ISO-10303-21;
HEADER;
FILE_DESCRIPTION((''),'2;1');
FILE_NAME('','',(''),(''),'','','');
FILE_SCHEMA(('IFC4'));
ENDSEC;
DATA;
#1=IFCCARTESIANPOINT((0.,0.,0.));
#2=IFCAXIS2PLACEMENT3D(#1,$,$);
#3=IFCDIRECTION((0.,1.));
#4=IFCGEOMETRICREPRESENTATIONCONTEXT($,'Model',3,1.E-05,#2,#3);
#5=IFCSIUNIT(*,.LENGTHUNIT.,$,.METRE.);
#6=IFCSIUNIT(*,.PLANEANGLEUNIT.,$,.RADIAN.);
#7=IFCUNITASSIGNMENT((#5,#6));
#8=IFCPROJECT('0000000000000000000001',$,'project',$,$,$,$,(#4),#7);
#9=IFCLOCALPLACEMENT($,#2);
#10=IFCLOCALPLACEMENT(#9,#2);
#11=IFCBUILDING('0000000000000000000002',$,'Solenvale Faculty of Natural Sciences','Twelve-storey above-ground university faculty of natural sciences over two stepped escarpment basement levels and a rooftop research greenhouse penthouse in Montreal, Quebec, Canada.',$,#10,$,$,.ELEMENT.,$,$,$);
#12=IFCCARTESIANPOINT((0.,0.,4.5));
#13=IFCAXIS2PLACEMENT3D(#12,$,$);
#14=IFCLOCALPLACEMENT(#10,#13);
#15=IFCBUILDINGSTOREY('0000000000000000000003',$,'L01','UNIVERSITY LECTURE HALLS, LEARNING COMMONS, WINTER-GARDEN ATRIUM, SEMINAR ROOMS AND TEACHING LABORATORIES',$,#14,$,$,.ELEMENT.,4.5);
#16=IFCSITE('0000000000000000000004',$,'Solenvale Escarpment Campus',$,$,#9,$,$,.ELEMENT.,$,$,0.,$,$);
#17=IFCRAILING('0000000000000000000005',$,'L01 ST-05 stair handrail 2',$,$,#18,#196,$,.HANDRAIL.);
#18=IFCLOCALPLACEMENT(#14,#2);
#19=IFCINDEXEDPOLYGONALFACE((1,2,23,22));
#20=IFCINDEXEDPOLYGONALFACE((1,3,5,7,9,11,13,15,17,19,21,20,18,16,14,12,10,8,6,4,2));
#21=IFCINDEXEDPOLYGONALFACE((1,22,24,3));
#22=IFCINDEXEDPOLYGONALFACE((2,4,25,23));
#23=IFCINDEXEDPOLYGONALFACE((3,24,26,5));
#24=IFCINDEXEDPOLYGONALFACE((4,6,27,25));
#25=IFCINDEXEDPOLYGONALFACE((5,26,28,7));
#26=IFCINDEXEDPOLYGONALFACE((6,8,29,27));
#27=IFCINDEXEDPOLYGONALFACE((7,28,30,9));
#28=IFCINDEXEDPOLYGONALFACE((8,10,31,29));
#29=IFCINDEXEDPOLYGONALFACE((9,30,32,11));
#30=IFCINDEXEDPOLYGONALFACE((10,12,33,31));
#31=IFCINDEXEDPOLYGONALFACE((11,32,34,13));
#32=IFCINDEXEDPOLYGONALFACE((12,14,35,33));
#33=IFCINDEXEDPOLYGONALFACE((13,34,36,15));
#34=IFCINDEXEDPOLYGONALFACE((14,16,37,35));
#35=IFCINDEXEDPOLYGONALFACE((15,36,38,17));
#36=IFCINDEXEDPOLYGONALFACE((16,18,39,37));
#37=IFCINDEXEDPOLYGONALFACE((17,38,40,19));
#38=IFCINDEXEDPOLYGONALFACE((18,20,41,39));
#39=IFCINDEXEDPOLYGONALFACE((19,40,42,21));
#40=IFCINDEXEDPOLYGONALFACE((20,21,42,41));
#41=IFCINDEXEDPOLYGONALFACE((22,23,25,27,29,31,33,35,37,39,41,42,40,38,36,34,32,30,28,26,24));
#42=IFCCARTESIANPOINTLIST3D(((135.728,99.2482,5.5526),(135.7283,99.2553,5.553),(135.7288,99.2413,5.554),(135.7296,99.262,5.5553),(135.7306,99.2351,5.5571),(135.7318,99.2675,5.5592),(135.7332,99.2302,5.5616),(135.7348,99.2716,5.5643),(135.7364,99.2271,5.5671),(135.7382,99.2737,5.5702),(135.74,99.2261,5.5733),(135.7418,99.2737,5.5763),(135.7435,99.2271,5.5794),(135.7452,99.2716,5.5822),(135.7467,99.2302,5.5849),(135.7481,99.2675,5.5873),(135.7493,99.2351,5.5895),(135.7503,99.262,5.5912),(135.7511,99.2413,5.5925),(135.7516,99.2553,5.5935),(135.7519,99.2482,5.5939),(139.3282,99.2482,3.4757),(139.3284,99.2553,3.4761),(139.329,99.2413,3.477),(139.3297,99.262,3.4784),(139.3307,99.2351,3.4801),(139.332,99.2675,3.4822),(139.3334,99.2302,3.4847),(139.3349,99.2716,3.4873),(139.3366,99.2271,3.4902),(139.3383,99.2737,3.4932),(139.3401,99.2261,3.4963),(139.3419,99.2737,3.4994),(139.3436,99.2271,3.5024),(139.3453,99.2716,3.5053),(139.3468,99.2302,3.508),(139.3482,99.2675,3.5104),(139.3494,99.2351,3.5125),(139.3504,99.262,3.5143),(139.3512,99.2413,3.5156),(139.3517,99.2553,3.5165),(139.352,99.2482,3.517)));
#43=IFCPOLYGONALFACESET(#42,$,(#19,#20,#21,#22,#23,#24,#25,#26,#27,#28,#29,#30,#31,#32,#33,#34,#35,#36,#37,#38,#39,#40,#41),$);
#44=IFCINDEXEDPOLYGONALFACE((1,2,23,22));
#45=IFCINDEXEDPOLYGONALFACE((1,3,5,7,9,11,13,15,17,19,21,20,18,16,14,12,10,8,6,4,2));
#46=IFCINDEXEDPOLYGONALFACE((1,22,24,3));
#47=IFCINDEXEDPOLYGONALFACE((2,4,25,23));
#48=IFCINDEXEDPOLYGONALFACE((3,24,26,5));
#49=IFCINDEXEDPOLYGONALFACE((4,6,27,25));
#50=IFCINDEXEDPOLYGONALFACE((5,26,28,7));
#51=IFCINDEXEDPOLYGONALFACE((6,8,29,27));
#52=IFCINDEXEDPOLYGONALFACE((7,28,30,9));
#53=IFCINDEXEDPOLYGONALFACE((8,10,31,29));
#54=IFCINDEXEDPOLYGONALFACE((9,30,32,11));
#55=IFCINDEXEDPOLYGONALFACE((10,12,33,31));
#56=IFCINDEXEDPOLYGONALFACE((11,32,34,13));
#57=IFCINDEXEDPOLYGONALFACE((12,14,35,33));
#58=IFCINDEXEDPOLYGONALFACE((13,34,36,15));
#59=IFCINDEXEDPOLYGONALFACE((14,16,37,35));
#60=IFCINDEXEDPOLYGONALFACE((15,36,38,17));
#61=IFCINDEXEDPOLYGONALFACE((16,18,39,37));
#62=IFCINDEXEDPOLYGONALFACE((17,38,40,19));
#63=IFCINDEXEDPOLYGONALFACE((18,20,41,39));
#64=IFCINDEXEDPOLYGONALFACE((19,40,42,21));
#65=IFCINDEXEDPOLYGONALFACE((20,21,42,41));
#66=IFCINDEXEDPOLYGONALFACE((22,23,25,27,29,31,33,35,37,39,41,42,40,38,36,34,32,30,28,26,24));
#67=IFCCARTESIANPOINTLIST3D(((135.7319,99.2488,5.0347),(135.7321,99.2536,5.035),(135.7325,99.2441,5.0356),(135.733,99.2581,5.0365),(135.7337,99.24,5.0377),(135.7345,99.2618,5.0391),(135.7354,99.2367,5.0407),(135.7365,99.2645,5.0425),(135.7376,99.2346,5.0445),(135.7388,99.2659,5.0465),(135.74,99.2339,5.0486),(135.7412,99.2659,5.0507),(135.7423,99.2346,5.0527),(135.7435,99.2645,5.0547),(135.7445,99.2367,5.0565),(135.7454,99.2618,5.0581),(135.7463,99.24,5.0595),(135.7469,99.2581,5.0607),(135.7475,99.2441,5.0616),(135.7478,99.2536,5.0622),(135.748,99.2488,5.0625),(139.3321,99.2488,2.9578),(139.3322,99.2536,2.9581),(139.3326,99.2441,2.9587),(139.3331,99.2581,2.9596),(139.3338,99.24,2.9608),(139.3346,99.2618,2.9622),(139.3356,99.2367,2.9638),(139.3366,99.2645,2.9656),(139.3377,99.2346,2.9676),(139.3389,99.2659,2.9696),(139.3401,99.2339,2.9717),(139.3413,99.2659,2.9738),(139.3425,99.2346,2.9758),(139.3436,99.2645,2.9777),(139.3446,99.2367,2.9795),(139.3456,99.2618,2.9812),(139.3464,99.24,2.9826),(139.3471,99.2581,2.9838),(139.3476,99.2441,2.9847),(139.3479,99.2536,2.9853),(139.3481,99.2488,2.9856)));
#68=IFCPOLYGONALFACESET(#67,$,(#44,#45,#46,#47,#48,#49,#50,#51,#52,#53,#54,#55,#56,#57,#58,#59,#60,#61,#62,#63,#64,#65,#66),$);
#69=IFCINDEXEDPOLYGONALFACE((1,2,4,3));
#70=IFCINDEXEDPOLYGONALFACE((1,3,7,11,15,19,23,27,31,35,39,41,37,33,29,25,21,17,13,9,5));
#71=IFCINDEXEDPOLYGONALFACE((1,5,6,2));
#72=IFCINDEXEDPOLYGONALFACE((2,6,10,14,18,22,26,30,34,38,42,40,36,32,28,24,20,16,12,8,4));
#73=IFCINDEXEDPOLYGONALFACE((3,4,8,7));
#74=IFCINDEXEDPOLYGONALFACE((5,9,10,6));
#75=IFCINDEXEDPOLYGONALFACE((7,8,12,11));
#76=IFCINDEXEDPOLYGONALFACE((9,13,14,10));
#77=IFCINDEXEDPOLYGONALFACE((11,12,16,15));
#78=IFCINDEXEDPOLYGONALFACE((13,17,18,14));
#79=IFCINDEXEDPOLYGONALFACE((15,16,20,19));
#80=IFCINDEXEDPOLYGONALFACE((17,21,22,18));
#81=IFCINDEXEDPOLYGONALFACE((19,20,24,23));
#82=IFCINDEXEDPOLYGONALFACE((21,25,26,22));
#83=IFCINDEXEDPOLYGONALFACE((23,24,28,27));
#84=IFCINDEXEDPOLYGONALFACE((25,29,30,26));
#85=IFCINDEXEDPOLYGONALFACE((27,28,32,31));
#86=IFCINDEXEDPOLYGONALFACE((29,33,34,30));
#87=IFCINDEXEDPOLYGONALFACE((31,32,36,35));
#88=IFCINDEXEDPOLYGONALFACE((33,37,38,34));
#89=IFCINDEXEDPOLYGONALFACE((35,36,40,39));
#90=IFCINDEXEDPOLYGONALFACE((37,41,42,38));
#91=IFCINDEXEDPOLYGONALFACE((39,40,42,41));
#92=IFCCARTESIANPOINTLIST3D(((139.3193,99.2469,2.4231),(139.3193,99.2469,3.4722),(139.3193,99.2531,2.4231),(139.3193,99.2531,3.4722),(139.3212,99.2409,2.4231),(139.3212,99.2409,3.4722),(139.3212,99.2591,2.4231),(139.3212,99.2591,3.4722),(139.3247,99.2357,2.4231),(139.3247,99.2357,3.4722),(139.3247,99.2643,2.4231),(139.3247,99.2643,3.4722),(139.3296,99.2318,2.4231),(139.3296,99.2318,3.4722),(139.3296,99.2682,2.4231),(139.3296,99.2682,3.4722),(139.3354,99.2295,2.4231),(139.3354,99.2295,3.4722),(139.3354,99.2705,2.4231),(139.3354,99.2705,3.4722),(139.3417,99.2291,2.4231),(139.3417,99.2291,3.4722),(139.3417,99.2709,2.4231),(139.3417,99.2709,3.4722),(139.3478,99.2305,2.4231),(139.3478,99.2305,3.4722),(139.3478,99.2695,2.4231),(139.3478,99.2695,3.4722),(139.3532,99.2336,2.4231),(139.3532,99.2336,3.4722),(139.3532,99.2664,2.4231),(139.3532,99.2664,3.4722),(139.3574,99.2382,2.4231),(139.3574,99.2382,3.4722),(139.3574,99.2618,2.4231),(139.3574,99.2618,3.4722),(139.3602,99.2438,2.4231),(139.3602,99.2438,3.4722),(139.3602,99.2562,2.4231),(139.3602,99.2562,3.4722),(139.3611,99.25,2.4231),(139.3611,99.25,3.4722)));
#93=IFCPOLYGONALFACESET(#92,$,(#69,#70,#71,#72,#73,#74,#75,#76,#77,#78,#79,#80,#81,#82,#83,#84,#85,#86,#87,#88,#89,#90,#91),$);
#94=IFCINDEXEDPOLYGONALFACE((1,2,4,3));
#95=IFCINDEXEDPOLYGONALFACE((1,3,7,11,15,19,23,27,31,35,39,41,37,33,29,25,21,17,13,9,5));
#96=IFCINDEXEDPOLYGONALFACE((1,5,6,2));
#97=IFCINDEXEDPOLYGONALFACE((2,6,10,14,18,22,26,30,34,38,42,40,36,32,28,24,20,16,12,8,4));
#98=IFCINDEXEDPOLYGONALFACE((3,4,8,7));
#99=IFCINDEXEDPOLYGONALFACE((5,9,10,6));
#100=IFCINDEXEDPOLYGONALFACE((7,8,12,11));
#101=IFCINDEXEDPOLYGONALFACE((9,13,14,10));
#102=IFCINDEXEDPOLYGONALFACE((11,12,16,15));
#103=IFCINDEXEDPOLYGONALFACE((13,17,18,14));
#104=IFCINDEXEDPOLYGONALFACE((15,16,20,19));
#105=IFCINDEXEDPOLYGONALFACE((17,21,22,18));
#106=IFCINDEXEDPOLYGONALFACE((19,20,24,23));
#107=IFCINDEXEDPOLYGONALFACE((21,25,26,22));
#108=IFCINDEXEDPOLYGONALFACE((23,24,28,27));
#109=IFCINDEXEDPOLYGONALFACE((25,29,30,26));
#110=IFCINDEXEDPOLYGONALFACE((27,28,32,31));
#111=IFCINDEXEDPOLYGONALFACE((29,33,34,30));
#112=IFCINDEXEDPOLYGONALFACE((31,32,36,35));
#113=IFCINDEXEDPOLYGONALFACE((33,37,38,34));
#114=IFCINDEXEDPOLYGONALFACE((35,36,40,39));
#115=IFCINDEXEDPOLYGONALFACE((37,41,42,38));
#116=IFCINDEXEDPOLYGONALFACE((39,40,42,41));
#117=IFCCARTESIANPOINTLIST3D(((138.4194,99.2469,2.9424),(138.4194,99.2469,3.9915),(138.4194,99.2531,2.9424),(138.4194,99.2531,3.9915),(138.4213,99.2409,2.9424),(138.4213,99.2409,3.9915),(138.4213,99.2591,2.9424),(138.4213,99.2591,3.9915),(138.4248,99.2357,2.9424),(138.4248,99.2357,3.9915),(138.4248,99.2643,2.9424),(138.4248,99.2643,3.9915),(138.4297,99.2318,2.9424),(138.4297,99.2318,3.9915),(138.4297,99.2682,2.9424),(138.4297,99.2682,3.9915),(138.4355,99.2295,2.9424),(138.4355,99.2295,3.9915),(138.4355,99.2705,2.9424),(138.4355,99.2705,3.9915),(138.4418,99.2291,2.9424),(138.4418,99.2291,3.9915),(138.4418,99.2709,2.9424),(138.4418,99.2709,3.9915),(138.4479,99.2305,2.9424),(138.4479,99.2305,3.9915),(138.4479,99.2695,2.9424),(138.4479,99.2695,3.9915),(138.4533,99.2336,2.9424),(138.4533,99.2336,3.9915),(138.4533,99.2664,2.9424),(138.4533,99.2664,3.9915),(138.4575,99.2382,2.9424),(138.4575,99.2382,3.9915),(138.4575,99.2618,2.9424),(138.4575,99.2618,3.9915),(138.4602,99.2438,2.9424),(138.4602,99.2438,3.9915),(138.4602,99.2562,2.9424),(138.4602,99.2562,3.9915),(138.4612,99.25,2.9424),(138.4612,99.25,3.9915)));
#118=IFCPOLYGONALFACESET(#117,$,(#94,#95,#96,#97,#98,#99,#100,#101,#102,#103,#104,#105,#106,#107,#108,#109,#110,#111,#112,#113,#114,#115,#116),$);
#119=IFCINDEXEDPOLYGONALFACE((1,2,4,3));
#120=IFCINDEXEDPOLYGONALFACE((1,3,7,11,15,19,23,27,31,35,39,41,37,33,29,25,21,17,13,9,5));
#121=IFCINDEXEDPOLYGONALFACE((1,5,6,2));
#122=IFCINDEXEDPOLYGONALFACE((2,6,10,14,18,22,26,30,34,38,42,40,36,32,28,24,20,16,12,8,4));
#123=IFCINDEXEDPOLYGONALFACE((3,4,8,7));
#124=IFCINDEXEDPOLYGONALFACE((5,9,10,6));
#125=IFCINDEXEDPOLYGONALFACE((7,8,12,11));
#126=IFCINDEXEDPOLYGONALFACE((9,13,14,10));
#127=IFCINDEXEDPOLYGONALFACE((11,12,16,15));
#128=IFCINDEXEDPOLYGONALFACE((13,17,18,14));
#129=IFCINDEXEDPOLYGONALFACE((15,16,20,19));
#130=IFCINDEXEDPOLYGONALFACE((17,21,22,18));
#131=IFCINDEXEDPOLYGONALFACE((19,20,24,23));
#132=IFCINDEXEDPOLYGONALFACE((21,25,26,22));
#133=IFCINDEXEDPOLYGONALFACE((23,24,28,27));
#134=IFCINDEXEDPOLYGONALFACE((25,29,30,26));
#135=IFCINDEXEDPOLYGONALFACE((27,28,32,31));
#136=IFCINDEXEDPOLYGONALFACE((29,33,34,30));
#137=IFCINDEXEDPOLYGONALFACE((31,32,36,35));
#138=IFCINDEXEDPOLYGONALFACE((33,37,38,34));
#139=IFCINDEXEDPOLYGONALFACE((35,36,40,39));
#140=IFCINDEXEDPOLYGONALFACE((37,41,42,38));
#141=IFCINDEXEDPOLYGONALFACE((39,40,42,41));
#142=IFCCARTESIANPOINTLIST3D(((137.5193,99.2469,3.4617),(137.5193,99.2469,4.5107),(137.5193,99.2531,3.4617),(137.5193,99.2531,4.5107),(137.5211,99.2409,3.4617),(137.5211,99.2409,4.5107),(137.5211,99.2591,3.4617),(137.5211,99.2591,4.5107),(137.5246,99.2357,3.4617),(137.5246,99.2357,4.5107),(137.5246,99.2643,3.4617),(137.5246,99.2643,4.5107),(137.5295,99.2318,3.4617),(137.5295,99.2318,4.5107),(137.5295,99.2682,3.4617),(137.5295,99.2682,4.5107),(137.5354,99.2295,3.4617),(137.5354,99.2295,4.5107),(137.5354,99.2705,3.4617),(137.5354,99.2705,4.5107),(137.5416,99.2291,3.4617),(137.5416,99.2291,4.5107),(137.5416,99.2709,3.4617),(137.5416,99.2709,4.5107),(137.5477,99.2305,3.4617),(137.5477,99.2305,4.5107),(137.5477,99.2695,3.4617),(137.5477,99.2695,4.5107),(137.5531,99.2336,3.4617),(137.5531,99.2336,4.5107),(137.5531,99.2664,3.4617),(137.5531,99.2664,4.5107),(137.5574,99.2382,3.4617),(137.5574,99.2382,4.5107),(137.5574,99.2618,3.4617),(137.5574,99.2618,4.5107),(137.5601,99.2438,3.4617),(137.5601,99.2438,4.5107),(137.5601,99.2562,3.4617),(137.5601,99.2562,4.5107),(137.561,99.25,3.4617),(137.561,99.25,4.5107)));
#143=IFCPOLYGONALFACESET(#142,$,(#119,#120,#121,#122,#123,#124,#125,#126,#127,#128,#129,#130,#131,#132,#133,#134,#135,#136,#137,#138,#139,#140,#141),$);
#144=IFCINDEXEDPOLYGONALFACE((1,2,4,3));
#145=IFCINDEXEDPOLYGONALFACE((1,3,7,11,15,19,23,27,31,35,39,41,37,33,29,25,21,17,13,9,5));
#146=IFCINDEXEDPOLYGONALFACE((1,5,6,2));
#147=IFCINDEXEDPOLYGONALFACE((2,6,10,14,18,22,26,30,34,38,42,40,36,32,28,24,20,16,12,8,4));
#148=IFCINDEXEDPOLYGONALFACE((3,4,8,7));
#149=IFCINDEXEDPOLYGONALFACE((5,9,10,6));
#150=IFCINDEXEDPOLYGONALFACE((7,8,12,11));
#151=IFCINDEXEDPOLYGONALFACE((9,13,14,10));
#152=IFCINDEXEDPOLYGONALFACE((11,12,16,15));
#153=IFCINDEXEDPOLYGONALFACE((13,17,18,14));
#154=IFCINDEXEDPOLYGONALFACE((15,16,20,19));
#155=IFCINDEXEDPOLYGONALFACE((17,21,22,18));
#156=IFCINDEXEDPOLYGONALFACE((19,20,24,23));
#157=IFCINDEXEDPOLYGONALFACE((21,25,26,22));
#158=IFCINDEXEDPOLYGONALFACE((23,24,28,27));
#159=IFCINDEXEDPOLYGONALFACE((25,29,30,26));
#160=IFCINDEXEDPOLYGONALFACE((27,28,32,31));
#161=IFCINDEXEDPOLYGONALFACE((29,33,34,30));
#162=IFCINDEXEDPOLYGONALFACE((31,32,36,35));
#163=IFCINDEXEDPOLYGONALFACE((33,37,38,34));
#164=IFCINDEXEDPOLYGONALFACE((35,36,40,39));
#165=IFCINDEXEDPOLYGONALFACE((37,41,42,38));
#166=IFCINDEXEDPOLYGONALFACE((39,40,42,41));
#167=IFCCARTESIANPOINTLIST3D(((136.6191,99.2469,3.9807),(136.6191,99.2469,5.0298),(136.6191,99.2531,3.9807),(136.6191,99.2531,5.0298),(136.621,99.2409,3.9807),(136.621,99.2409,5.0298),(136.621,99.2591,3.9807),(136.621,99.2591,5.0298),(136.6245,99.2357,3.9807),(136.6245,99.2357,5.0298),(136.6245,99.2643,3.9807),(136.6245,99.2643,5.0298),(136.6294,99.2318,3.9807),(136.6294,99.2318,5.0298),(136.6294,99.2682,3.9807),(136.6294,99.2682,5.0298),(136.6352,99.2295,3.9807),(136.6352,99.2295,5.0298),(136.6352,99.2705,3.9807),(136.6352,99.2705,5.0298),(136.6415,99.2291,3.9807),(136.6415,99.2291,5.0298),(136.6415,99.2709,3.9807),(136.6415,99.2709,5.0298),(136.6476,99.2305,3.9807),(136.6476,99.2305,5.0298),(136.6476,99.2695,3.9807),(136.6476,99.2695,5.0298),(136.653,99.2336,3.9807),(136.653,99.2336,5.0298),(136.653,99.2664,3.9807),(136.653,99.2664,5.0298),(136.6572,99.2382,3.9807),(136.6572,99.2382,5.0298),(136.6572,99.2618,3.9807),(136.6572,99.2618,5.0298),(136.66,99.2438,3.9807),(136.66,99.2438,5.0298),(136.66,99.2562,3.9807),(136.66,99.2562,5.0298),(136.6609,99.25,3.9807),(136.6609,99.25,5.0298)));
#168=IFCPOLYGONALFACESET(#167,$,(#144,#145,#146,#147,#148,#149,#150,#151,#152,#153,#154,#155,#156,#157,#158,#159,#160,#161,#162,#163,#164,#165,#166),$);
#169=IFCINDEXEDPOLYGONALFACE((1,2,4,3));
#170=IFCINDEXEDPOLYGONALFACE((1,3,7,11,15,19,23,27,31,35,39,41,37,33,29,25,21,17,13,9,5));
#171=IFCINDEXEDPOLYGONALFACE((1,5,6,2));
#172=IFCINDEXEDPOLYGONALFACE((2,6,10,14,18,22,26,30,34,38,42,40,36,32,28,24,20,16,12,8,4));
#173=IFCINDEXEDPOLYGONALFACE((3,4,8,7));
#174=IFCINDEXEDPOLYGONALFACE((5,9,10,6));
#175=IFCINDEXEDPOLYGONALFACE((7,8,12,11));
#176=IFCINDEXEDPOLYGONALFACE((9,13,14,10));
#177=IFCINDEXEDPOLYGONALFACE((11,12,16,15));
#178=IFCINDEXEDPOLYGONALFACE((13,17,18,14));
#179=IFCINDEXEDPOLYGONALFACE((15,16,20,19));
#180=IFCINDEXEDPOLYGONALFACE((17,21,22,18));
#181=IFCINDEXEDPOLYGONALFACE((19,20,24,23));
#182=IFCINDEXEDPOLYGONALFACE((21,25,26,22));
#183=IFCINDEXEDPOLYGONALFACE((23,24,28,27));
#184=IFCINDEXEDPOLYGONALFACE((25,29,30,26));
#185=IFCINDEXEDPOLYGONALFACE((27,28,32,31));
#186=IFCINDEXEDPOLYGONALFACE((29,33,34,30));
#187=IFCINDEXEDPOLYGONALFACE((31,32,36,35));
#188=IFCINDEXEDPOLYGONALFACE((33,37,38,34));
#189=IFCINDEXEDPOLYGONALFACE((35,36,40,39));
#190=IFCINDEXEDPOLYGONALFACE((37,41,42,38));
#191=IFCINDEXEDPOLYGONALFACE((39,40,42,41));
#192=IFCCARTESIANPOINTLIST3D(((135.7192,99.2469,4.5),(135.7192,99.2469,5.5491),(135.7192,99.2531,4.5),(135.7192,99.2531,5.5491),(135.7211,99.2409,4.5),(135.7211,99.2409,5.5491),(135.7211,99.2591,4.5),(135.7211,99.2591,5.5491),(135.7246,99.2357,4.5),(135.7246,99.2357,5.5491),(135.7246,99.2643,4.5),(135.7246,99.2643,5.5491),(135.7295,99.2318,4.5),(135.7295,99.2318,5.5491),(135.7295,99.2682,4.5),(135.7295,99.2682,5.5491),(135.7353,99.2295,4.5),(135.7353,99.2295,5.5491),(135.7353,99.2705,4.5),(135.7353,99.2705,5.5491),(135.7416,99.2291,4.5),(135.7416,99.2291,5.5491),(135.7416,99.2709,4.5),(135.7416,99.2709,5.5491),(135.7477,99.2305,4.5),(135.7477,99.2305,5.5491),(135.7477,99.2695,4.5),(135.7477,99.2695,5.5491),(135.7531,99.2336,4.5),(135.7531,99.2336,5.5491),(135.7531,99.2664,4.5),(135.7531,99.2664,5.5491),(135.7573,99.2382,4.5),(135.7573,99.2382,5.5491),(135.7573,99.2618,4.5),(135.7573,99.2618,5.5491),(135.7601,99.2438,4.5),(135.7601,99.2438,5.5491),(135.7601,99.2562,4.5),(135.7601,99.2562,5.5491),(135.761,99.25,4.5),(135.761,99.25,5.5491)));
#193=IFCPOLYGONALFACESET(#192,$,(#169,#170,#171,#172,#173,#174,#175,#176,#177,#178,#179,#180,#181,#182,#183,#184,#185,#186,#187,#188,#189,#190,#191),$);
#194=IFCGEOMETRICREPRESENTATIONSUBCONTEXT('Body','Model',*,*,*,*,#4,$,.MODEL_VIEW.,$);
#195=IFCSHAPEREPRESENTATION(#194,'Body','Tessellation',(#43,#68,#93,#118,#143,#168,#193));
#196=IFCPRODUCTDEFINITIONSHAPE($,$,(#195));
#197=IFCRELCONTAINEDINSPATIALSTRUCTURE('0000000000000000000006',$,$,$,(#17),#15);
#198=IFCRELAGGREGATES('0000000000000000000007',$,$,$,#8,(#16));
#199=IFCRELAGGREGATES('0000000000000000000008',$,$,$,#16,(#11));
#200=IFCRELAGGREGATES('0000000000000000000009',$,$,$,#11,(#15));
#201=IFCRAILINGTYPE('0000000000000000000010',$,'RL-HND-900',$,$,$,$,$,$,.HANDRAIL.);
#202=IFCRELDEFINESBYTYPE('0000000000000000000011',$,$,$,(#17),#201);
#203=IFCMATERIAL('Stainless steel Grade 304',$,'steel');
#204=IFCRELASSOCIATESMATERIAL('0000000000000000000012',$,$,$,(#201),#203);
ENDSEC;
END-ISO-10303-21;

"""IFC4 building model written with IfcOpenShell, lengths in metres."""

from ifc_helpers import new_model, si_unit, direction, frame, origin, origin_2d, place, context, subcontext, project, spatial, circle, extrude, material, type_object, element, save


model = new_model("IFC4")

# Units and contexts
model_context = context("Model", 3, precision=1e-05, world=origin(), true_north=direction((0.0, 1.0)))
body_context = subcontext(model_context, "Body", "Model", "MODEL_VIEW")
ifc_project = project(units=[si_unit("LENGTHUNIT", "METRE"), si_unit("PLANEANGLEUNIT", "RADIAN")], contexts=[model_context])

# Site, building, storey
site_placement = place(None, origin())
site = spatial("IfcSite", under=ifc_project, at=site_placement, Name="Solenvale Escarpment Campus", CompositionType="ELEMENT", RefElevation=0.0)
building_placement = place(site_placement, origin())
building = spatial("IfcBuilding", under=site, at=building_placement, Name="Solenvale Faculty of Natural Sciences", Description="Twelve-storey above-ground university faculty of natural sciences over two stepped escarpment basement levels and a rooftop research greenhouse penthouse in Montreal, Quebec, Canada.", CompositionType="ELEMENT")
storey_placement = place(building_placement, frame((0.0, 0.0, 4.5)))
storey = spatial("IfcBuildingStorey", under=building, at=storey_placement, Name="L01", Description="UNIVERSITY LECTURE HALLS, LEARNING COMMONS, WINTER-GARDEN ATRIUM, SEMINAR ROOMS AND TEACHING LABORATORIES", CompositionType="ELEMENT", Elevation=4.5)

# Shared definitions
ifc_material_1 = material(Name="Stainless steel Grade 304", Category="steel")

# Railing
railing_type_1 = type_object("IfcRailingType", Name="RL-HND-900", PredefinedType="HANDRAIL", material=ifc_material_1)
railing_1_placement = place(storey_placement, frame((139.3401, 99.25, 2.4231)))
element("IfcRailing", 1, at=railing_1_placement, inside=storey, type_object=railing_type_1, Name="L01 ST-05 stair handrail 2", PredefinedType="HANDRAIL", context=body_context, shape_type="SweptSolid", body=[
    extrude(circle(Radius=0.0239, at=origin_2d()), frame((0.0, 0.0, 1.0732), z_axis=(-0.866193, 0.0, 0.499709), x_axis=(0.0, -1.0, 0.0)), (0.0, 0.0, 1.0), 4.1562),
    extrude(circle(Radius=0.0161, at=origin_2d()), frame((0.0, 0.0, 0.5486), z_axis=(-0.866193, 0.0, 0.499709), x_axis=(0.0, -1.0, 0.0)), (0.0, 0.0, 1.0), 4.1562),
    extrude(circle(Radius=0.021, at=origin_2d()), origin(), (0.0, 0.0, 1.0), 1.0491),
    extrude(circle(Radius=0.021, at=origin_2d()), frame((-0.8999, 0.0, 0.5193)), (0.0, 0.0, 1.0), 1.0491),
    extrude(circle(Radius=0.021, at=origin_2d()), frame((-1.8, 0.0, 1.0386)), (0.0, 0.0, 1.0), 1.0491),
    extrude(circle(Radius=0.021, at=origin_2d()), frame((-2.7002, 0.0, 1.5576)), (0.0, 0.0, 1.0), 1.0491),
    extrude(circle(Radius=0.021, at=origin_2d()), frame((-3.6001, 0.0, 2.0769)), (0.0, 0.0, 1.0), 1.0491),
])

save(model, "model.ifc")
